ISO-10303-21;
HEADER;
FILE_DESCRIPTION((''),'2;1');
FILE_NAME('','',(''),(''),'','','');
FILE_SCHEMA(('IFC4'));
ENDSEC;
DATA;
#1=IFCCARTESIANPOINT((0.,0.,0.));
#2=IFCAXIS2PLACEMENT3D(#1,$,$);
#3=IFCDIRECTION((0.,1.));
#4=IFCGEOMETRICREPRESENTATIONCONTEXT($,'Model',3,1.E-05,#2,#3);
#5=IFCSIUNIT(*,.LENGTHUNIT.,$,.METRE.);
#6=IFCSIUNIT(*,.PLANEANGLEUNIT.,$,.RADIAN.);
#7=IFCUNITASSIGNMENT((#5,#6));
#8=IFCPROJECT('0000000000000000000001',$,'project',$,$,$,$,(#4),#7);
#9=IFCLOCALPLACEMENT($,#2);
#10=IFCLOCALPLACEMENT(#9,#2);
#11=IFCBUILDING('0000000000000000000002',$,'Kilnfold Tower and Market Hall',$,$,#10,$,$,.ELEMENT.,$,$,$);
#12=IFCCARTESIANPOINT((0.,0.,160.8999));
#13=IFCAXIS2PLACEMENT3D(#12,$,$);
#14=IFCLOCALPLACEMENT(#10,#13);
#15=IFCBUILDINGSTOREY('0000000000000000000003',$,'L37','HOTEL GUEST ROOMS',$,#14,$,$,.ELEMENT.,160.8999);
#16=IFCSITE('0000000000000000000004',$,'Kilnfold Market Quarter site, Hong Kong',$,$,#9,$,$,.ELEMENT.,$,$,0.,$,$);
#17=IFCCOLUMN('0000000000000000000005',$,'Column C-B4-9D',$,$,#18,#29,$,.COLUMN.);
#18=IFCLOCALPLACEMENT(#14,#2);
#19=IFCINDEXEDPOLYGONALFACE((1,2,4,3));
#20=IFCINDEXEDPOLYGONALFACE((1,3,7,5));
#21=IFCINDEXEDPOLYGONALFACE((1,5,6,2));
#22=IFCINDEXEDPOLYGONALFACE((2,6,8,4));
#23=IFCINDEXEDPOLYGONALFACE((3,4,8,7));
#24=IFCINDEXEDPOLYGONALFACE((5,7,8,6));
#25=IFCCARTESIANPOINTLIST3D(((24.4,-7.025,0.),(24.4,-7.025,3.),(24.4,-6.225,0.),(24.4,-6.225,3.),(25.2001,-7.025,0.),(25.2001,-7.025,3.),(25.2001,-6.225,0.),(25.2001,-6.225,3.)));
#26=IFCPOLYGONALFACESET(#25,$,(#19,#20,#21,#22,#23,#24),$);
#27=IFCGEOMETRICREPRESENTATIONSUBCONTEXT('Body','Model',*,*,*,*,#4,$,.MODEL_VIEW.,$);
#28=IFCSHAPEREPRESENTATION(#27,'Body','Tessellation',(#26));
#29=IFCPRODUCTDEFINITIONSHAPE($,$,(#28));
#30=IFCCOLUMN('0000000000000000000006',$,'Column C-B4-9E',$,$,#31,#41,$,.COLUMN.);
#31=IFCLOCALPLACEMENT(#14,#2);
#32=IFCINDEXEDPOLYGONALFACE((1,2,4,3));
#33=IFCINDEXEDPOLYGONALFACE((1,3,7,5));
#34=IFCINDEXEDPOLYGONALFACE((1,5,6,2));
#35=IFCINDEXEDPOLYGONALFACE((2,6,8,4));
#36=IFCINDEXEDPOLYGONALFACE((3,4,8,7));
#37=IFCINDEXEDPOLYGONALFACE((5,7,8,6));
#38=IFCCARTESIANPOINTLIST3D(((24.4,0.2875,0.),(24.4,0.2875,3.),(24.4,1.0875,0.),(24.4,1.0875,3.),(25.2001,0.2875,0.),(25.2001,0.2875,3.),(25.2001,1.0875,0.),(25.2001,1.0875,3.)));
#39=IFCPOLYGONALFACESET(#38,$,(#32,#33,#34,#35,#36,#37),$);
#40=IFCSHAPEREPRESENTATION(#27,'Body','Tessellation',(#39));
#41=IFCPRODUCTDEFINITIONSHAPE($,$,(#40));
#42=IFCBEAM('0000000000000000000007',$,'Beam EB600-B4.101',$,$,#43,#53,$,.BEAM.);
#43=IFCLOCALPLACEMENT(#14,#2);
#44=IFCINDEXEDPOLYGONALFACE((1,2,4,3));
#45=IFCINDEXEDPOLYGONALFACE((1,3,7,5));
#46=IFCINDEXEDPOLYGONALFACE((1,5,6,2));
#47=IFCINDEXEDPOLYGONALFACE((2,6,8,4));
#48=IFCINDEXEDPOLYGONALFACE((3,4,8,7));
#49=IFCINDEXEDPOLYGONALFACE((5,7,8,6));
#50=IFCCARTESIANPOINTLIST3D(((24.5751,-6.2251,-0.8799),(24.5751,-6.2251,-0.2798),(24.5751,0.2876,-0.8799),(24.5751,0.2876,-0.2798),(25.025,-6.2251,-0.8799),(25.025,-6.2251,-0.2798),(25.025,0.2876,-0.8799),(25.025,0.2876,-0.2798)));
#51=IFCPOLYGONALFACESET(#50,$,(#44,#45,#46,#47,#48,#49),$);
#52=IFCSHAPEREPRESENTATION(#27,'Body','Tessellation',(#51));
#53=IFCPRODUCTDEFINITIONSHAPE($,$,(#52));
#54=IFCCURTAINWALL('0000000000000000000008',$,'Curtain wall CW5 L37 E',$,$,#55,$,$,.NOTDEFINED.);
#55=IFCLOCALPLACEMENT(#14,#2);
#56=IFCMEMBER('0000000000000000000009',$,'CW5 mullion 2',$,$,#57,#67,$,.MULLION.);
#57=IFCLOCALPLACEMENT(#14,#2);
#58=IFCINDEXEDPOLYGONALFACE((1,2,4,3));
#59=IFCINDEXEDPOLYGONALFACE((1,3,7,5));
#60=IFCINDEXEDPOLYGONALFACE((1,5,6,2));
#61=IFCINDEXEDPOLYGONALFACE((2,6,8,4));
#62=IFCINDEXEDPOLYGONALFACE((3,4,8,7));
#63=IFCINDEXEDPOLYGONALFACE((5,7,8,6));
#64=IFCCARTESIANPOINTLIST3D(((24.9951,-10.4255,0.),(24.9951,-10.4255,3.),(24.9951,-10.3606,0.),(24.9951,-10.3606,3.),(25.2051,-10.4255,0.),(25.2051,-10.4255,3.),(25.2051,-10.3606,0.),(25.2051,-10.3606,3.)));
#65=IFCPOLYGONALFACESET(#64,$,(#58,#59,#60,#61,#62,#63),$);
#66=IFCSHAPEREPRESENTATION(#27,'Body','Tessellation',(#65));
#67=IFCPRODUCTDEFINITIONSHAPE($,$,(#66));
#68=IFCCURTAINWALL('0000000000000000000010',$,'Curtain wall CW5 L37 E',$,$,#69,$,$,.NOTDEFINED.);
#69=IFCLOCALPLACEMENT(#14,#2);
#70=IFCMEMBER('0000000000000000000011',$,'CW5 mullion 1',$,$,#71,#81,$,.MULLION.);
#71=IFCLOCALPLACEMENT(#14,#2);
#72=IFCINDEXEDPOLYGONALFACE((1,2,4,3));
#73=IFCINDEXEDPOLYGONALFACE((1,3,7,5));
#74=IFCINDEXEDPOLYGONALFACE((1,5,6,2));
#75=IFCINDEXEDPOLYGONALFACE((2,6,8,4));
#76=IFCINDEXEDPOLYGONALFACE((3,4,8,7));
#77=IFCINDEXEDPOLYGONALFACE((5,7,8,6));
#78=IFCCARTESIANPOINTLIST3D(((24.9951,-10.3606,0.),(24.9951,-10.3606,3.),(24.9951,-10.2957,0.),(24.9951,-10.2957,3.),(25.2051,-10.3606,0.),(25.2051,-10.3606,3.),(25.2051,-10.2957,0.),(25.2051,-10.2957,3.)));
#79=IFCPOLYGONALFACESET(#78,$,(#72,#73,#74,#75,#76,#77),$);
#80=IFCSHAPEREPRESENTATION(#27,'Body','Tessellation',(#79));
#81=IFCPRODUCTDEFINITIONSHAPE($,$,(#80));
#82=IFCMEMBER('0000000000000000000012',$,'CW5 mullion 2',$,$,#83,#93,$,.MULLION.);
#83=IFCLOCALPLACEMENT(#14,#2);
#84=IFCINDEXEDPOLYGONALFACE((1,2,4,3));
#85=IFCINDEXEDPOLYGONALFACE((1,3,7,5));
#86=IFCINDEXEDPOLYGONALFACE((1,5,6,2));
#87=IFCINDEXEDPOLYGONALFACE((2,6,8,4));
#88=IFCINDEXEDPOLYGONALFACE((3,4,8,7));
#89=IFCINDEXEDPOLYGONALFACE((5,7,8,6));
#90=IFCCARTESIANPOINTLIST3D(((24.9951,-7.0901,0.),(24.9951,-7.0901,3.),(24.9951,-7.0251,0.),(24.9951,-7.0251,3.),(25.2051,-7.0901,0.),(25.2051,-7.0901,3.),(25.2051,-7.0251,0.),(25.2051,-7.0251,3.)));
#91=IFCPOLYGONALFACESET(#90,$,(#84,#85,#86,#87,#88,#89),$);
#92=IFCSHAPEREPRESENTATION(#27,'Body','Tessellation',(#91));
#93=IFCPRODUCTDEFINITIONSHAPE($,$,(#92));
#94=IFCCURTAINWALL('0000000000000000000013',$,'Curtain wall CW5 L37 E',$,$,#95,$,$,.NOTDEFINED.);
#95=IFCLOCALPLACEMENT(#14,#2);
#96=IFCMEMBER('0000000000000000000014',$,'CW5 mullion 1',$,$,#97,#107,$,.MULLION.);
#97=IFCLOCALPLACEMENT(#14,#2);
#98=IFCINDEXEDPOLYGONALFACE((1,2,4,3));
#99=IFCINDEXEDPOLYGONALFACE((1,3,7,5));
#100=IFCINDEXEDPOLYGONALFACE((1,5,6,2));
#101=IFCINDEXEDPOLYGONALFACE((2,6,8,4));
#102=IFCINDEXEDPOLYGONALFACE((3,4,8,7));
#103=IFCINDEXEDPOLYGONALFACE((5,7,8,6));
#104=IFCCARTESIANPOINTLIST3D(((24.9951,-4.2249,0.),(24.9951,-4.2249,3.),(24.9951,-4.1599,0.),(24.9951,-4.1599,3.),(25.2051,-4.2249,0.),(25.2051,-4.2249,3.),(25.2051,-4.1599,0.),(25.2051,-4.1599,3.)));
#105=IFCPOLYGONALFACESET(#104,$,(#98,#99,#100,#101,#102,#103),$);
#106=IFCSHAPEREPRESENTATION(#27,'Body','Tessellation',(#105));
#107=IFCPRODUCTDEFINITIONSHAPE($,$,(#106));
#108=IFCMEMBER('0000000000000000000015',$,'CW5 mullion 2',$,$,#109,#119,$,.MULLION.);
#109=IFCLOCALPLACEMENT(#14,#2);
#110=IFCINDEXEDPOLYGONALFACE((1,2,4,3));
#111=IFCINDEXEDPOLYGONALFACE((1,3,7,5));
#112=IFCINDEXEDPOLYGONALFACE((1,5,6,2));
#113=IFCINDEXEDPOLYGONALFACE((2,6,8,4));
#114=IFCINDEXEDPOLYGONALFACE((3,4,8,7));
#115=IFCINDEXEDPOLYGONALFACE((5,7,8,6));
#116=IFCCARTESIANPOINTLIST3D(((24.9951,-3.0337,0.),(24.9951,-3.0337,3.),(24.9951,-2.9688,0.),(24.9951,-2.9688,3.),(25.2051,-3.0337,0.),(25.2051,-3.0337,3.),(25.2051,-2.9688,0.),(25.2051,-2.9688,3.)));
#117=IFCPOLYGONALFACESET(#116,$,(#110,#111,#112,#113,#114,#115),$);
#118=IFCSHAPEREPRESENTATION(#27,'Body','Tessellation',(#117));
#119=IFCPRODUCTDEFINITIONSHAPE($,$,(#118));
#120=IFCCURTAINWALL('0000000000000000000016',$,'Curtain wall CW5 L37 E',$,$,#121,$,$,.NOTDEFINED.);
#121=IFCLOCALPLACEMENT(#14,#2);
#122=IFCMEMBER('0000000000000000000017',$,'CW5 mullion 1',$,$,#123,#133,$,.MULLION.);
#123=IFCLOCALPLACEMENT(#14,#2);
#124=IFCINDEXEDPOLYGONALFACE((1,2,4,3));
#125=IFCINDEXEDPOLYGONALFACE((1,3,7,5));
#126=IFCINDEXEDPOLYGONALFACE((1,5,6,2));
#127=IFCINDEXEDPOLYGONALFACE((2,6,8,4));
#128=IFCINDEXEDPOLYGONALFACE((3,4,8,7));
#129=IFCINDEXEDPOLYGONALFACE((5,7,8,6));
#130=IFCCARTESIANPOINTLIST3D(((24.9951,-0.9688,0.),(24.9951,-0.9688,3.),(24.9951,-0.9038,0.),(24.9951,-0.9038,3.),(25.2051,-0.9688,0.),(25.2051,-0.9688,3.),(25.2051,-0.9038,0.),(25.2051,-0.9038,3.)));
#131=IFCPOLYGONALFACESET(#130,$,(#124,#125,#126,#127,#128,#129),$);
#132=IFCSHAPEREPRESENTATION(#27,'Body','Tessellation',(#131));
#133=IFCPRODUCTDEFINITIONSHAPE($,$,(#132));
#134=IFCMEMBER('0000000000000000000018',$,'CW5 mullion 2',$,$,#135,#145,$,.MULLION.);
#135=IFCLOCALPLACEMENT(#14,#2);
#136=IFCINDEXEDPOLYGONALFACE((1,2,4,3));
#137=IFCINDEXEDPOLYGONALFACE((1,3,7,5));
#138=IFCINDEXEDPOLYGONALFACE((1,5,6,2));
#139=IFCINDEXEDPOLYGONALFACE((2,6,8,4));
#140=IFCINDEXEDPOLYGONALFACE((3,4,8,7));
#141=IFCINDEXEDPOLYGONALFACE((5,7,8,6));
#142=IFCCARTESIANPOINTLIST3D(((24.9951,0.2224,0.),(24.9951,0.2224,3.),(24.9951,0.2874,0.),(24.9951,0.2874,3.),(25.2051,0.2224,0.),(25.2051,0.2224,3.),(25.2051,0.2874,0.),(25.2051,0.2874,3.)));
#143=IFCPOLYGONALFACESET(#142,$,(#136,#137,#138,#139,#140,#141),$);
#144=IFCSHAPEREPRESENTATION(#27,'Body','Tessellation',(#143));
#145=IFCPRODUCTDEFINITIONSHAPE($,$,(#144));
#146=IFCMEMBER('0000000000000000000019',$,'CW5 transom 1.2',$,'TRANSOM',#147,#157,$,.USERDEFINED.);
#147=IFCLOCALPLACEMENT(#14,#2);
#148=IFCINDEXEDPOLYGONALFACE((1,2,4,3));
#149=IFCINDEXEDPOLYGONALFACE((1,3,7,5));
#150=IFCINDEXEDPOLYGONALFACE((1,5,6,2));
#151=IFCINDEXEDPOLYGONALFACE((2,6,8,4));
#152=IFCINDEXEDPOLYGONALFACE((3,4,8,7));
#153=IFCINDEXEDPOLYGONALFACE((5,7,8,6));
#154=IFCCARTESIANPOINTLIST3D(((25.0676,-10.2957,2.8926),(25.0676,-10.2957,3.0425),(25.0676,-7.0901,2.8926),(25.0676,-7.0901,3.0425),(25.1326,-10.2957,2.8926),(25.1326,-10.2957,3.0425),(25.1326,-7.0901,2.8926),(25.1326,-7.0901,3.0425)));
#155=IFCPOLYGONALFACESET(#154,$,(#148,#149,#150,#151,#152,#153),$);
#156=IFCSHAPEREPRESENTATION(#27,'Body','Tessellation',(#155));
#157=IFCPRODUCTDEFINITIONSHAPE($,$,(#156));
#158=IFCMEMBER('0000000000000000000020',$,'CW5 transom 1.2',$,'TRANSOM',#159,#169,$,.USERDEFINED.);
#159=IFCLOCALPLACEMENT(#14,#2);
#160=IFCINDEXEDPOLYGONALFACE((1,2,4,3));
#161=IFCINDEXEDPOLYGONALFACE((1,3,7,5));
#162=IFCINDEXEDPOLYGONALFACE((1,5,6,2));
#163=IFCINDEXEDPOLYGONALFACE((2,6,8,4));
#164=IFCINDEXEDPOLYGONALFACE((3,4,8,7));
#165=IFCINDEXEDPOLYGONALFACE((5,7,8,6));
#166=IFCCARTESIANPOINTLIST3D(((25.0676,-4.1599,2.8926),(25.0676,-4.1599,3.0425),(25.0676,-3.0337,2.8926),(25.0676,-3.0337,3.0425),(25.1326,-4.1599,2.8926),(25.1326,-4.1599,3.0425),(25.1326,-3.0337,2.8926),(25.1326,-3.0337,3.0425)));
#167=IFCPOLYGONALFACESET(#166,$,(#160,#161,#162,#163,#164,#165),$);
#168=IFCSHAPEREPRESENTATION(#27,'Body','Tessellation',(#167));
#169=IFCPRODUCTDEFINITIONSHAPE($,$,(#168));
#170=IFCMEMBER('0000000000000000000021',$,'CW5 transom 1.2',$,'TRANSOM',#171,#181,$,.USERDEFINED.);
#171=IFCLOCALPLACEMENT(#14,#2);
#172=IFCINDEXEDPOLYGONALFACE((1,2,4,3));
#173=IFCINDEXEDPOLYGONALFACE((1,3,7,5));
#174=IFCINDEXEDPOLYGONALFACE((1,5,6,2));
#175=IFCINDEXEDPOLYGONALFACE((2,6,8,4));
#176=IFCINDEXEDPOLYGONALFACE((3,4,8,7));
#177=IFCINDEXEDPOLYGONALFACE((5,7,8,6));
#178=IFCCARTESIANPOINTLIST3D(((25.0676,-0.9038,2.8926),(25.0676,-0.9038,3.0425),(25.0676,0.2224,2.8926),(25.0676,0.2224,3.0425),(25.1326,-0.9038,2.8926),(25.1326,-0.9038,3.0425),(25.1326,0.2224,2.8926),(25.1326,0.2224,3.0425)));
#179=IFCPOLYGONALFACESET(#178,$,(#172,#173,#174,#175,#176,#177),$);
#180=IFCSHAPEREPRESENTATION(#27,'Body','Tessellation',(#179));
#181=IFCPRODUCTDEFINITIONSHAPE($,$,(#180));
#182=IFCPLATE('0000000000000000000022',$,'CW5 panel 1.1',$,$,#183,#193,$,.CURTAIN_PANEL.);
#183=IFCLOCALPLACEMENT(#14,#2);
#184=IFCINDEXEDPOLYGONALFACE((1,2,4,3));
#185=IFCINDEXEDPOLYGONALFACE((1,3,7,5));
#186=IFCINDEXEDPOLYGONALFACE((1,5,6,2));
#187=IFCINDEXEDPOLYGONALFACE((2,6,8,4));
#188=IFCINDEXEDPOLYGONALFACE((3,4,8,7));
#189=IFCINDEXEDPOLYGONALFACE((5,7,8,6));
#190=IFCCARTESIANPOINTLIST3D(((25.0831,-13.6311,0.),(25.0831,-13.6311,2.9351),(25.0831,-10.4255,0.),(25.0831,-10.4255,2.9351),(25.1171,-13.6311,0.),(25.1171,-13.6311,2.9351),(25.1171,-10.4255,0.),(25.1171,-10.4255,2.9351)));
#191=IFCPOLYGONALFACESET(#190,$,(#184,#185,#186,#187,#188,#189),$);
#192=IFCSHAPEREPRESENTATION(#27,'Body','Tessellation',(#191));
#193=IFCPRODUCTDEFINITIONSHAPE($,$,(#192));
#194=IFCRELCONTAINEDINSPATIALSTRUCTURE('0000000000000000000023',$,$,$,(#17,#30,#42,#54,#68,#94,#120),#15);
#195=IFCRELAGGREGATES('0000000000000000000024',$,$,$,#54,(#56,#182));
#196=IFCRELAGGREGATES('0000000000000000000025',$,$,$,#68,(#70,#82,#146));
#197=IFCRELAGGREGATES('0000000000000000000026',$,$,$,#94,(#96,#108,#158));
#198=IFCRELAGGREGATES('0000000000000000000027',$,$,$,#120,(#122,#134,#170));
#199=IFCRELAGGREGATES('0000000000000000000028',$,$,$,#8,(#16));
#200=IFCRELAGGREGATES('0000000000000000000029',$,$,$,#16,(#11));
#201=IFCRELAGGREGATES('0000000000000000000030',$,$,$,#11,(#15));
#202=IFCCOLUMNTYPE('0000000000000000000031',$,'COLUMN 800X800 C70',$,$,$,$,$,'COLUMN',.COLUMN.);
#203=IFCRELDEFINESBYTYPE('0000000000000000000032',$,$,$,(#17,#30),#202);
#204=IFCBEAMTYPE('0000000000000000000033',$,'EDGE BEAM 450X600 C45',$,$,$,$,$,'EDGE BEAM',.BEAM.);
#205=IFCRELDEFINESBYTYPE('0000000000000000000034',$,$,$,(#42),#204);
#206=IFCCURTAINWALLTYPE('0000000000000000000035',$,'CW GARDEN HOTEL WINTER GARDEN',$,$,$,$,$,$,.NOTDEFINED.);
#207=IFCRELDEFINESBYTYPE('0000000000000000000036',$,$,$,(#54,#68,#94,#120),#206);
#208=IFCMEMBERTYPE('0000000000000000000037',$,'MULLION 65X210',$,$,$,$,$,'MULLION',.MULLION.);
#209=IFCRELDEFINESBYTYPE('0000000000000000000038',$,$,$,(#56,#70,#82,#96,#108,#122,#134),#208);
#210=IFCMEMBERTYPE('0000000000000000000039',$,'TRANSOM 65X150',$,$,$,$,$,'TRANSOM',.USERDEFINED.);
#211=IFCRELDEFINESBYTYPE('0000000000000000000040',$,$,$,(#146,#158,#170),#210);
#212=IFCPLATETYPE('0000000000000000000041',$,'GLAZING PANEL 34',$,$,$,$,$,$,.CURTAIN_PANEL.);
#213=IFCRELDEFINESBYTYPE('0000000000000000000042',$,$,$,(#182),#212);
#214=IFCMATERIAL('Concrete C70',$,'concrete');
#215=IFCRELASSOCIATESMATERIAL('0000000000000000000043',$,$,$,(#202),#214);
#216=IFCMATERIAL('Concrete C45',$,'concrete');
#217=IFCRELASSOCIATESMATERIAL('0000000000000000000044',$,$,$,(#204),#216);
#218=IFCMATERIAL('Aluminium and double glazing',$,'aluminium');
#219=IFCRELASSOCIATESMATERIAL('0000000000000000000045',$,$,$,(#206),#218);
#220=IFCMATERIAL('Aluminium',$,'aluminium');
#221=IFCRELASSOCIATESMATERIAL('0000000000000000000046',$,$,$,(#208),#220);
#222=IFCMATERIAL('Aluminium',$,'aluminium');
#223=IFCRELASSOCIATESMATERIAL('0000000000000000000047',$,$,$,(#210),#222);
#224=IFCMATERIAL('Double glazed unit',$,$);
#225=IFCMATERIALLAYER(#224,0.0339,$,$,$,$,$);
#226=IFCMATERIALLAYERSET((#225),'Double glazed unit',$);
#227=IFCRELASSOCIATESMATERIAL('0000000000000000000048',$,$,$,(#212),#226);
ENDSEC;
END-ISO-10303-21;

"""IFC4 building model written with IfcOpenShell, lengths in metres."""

from ifc_helpers import new_model, si_unit, direction, frame, origin, origin_2d, place, context, subcontext, project, spatial, rectangle, extrude, source, transform, mapped, material, layer, layer_set, material_profile, profile_set, type_object, element, aggregate, save


model = new_model("IFC4")

# Units and contexts
model_context = context("Model", 3, precision=1e-05, world=origin(), true_north=direction((0.0, 1.0)))
body_context = subcontext(model_context, "Body", "Model", "MODEL_VIEW")
ifc_project = project(units=[si_unit("LENGTHUNIT", "METRE"), si_unit("PLANEANGLEUNIT", "RADIAN")], contexts=[model_context])

# Site, building, storey
site_placement = place(None, origin())
site = spatial("IfcSite", under=ifc_project, at=site_placement, Name="Kilnfold Market Quarter site, Hong Kong", CompositionType="ELEMENT", RefElevation=0.0)
building_placement = place(site_placement, origin())
building = spatial("IfcBuilding", under=site, at=building_placement, Name="Kilnfold Tower and Market Hall", CompositionType="ELEMENT")
storey_placement = place(building_placement, frame((0.0, 0.0, 160.8999)))
storey = spatial("IfcBuildingStorey", under=building, at=storey_placement, Name="L37", Description="HOTEL GUEST ROOMS", CompositionType="ELEMENT", Elevation=160.8999)

# Columns
ifc_material_1 = material(Name="Concrete C70", Category="concrete")
ifc_material_profile_1 = material_profile(ifc_material_1, rectangle(XDim=0.8, YDim=0.8, at=origin_2d()), Name="RC 800x800")
ifc_profile_set_1 = profile_set([ifc_material_profile_1], Name="Concrete C70")
column_type = type_object("IfcColumnType", Name="COLUMN 800X800 C70", ElementType="COLUMN", PredefinedType="COLUMN", material=ifc_profile_set_1)
shared_shape_1 = source(origin(), body_context, "Body", "SweptSolid", [
    extrude(rectangle(XDim=0.8, YDim=0.8, at=origin_2d()), origin(), (0.0, 0.0, 1.0), 3.0),
])
for number, where, z_axis, x_axis, name in (
    (1, (24.8, -6.625, 0.0), (0.0, 0.0, 1.0), (1.0, 0.0, 0.0), "Column C-B4-9D"),
    (2, (24.8, 0.6875, 0.0), (0.0, 0.0, 1.0), (1.0, 0.0, 0.0), "Column C-B4-9E"),
):
    element("IfcColumn", number, at=place(storey_placement, frame(where, z_axis=z_axis, x_axis=x_axis)), inside=storey, type_object=column_type, Name=name, PredefinedType="COLUMN", context=body_context, shape_type="MappedRepresentation", body=[
        mapped(shared_shape_1, transform((0.0, 0.0, 0.0))),
    ])

# Beam
ifc_material_2 = material(Name="Concrete C45", Category="concrete")
ifc_material_profile_2 = material_profile(ifc_material_2, rectangle(XDim=0.45, YDim=0.6001, at=origin_2d()), Name="RC 450x600")
ifc_profile_set_2 = profile_set([ifc_material_profile_2], Name="Concrete C45")
beam_type = type_object("IfcBeamType", Name="EDGE BEAM 450X600 C45", ElementType="EDGE BEAM", PredefinedType="BEAM", material=ifc_profile_set_2)
shared_shape_2 = source(origin(), body_context, "Body", "SweptSolid", [
    extrude(rectangle(XDim=0.45, YDim=0.6001, at=origin_2d()), origin(), (0.0, 0.0, 1.0), 6.5127),
])
beam_placement = place(storey_placement, frame((24.8, -6.2251, -0.5798), z_axis=(0.0, 1.0, 0.0), x_axis=(-1.0, 0.0, 0.0)))
element("IfcBeam", 3, at=beam_placement, inside=storey, type_object=beam_type, Name="Beam EB600-B4.101", PredefinedType="BEAM", context=body_context, shape_type="MappedRepresentation", body=[
    mapped(shared_shape_2, transform((0.0, 0.0, 0.0))),
])

# Curtain wall, member
ifc_material_3 = material(Name="Aluminium and double glazing", Category="aluminium")
curtain_wall_type = type_object("IfcCurtainWallType", Name="CW GARDEN HOTEL WINTER GARDEN", PredefinedType="NOTDEFINED", material=ifc_material_3)
curtain_wall_1_placement = place(storey_placement, origin())
curtain_wall_1 = element("IfcCurtainWall", 4, at=curtain_wall_1_placement, inside=storey, type_object=curtain_wall_type, Name="Curtain wall CW5 L37 E", PredefinedType="NOTDEFINED")
ifc_material_4 = material(Name="Aluminium", Category="aluminium")
ifc_material_profile_3 = material_profile(ifc_material_4, rectangle(XDim=0.0649, YDim=0.21, at=origin_2d()), Name="MULLION 65x210")
ifc_profile_set_3 = profile_set([ifc_material_profile_3], Name="Aluminium")
member_type_1 = type_object("IfcMemberType", Name="MULLION 65X210", ElementType="MULLION", PredefinedType="MULLION", material=ifc_profile_set_3)
shared_shape_3 = source(origin(), body_context, "Body", "SweptSolid", [
    extrude(rectangle(XDim=0.0649, YDim=0.21, at=origin_2d()), origin(), (0.0, 0.0, 1.0), 3.0),
])
member_1_placement = place(storey_placement, frame((25.1001, -10.3931, 0.0), z_axis=(0.0, 0.0, 1.0), x_axis=(0.0, 1.0, 0.0)))
member_1 = element("IfcMember", 5, at=member_1_placement, type_object=member_type_1, Name="CW5 mullion 2", PredefinedType="MULLION", context=body_context, shape_type="MappedRepresentation", body=[
    mapped(shared_shape_3, transform((0.0, 0.0, 0.0))),
])

# Curtain walls, members
curtain_wall_2_placement = place(storey_placement, origin())
curtain_wall_2 = element("IfcCurtainWall", 6, at=curtain_wall_2_placement, inside=storey, type_object=curtain_wall_type, Name="Curtain wall CW5 L37 E", PredefinedType="NOTDEFINED")
member_2_placement = place(storey_placement, frame((25.1001, -10.3281, 0.0), z_axis=(0.0, 0.0, 1.0), x_axis=(0.0, 1.0, 0.0)))
member_2 = element("IfcMember", 7, at=member_2_placement, type_object=member_type_1, Name="CW5 mullion 1", PredefinedType="MULLION", context=body_context, shape_type="MappedRepresentation", body=[
    mapped(shared_shape_3, transform((0.0, 0.0, 0.0))),
])
member_3_placement = place(storey_placement, frame((25.1001, -7.0576, 0.0), z_axis=(0.0, 0.0, 1.0), x_axis=(0.0, 1.0, 0.0)))
member_3 = element("IfcMember", 8, at=member_3_placement, type_object=member_type_1, Name="CW5 mullion 2", PredefinedType="MULLION", context=body_context, shape_type="MappedRepresentation", body=[
    mapped(shared_shape_3, transform((0.0, 0.0, 0.0))),
])
curtain_wall_3_placement = place(storey_placement, origin())
curtain_wall_3 = element("IfcCurtainWall", 9, at=curtain_wall_3_placement, inside=storey, type_object=curtain_wall_type, Name="Curtain wall CW5 L37 E", PredefinedType="NOTDEFINED")
member_4_placement = place(storey_placement, frame((25.1001, -4.1924, 0.0), z_axis=(0.0, 0.0, 1.0), x_axis=(0.0, 1.0, 0.0)))
member_4 = element("IfcMember", 10, at=member_4_placement, type_object=member_type_1, Name="CW5 mullion 1", PredefinedType="MULLION", context=body_context, shape_type="MappedRepresentation", body=[
    mapped(shared_shape_3, transform((0.0, 0.0, 0.0))),
])
member_5_placement = place(storey_placement, frame((25.1001, -3.0012, 0.0), z_axis=(0.0, 0.0, 1.0), x_axis=(0.0, 1.0, 0.0)))
member_5 = element("IfcMember", 11, at=member_5_placement, type_object=member_type_1, Name="CW5 mullion 2", PredefinedType="MULLION", context=body_context, shape_type="MappedRepresentation", body=[
    mapped(shared_shape_3, transform((0.0, 0.0, 0.0))),
])
curtain_wall_4_placement = place(storey_placement, origin())
curtain_wall_4 = element("IfcCurtainWall", 12, at=curtain_wall_4_placement, inside=storey, type_object=curtain_wall_type, Name="Curtain wall CW5 L37 E", PredefinedType="NOTDEFINED")
member_6_placement = place(storey_placement, frame((25.1001, -0.9363, 0.0), z_axis=(0.0, 0.0, 1.0), x_axis=(0.0, 1.0, 0.0)))
member_6 = element("IfcMember", 13, at=member_6_placement, type_object=member_type_1, Name="CW5 mullion 1", PredefinedType="MULLION", context=body_context, shape_type="MappedRepresentation", body=[
    mapped(shared_shape_3, transform((0.0, 0.0, 0.0))),
])
member_7_placement = place(storey_placement, frame((25.1001, 0.2549, 0.0), z_axis=(0.0, 0.0, 1.0), x_axis=(0.0, 1.0, 0.0)))
member_7 = element("IfcMember", 14, at=member_7_placement, type_object=member_type_1, Name="CW5 mullion 2", PredefinedType="MULLION", context=body_context, shape_type="MappedRepresentation", body=[
    mapped(shared_shape_3, transform((0.0, 0.0, 0.0))),
])

# Members
ifc_material_5 = material(Name="Aluminium", Category="aluminium")
ifc_material_profile_4 = material_profile(ifc_material_5, rectangle(XDim=0.0649, YDim=0.1499, at=origin_2d()), Name="TRANSOM 65x150")
ifc_profile_set_4 = profile_set([ifc_material_profile_4], Name="Aluminium")
member_type_2 = type_object("IfcMemberType", Name="TRANSOM 65X150", ElementType="TRANSOM", PredefinedType="USERDEFINED", material=ifc_profile_set_4)
shared_shape_4 = source(origin(), body_context, "Body", "SweptSolid", [
    extrude(rectangle(XDim=0.0649, YDim=0.1499, at=origin_2d()), origin(), (0.0, 0.0, 1.0), 3.2056),
])
member_8_placement = place(storey_placement, frame((25.1001, -10.2957, 2.9675), z_axis=(0.0, 1.0, 0.0), x_axis=(-1.0, 0.0, 0.0)))
member_8 = element("IfcMember", 15, at=member_8_placement, type_object=member_type_2, Name="CW5 transom 1.2", ObjectType="TRANSOM", PredefinedType="USERDEFINED", context=body_context, shape_type="MappedRepresentation", body=[
    mapped(shared_shape_4, transform((0.0, 0.0, 0.0))),
])
shared_shape_5 = source(origin(), body_context, "Body", "SweptSolid", [
    extrude(rectangle(XDim=0.0649, YDim=0.1499, at=origin_2d()), origin(), (0.0, 0.0, 1.0), 1.1262),
])
member_9_placement = place(storey_placement, frame((25.1001, -4.1599, 2.9675), z_axis=(0.0, 1.0, 0.0), x_axis=(-1.0, 0.0, 0.0)))
member_9 = element("IfcMember", 16, at=member_9_placement, type_object=member_type_2, Name="CW5 transom 1.2", ObjectType="TRANSOM", PredefinedType="USERDEFINED", context=body_context, shape_type="MappedRepresentation", body=[
    mapped(shared_shape_5, transform((0.0, 0.0, 0.0))),
])
member_10_placement = place(storey_placement, frame((25.1001, -0.9038, 2.9675), z_axis=(0.0, 1.0, 0.0), x_axis=(-1.0, 0.0, 0.0)))
member_10 = element("IfcMember", 17, at=member_10_placement, type_object=member_type_2, Name="CW5 transom 1.2", ObjectType="TRANSOM", PredefinedType="USERDEFINED", context=body_context, shape_type="MappedRepresentation", body=[
    mapped(shared_shape_5, transform((0.0, 0.0, 0.0))),
])

# Plate
ifc_material_6 = material(Name="Double glazed unit")
ifc_layer_1 = layer(ifc_material_6, 0.0339)
ifc_layer_set_1 = layer_set([ifc_layer_1], Name="Double glazed unit")
plate_type = type_object("IfcPlateType", Name="GLAZING PANEL 34", PredefinedType="CURTAIN_PANEL", material=ifc_layer_set_1)
shared_shape_6 = source(origin(), body_context, "Body", "SweptSolid", [
    extrude(rectangle(XDim=3.2056, YDim=0.0339, at=origin_2d()), origin(), (0.0, 0.0, 1.0), 2.9351),
])
plate_1_placement = place(storey_placement, frame((25.1001, -12.0283, 0.0), z_axis=(0.0, 0.0, 1.0), x_axis=(0.0, 1.0, 0.0)))
plate_1 = element("IfcPlate", 18, at=plate_1_placement, type_object=plate_type, Name="CW5 panel 1.1", PredefinedType="CURTAIN_PANEL", context=body_context, shape_type="MappedRepresentation", body=[
    mapped(shared_shape_6, transform((0.0, 0.0, 0.0))),
])
aggregate(curtain_wall_1, [member_1, plate_1])
aggregate(curtain_wall_2, [member_2, member_3, member_8])
aggregate(curtain_wall_3, [member_4, member_5, member_9])
aggregate(curtain_wall_4, [member_6, member_7, member_10])

save(model, "model.ifc")
